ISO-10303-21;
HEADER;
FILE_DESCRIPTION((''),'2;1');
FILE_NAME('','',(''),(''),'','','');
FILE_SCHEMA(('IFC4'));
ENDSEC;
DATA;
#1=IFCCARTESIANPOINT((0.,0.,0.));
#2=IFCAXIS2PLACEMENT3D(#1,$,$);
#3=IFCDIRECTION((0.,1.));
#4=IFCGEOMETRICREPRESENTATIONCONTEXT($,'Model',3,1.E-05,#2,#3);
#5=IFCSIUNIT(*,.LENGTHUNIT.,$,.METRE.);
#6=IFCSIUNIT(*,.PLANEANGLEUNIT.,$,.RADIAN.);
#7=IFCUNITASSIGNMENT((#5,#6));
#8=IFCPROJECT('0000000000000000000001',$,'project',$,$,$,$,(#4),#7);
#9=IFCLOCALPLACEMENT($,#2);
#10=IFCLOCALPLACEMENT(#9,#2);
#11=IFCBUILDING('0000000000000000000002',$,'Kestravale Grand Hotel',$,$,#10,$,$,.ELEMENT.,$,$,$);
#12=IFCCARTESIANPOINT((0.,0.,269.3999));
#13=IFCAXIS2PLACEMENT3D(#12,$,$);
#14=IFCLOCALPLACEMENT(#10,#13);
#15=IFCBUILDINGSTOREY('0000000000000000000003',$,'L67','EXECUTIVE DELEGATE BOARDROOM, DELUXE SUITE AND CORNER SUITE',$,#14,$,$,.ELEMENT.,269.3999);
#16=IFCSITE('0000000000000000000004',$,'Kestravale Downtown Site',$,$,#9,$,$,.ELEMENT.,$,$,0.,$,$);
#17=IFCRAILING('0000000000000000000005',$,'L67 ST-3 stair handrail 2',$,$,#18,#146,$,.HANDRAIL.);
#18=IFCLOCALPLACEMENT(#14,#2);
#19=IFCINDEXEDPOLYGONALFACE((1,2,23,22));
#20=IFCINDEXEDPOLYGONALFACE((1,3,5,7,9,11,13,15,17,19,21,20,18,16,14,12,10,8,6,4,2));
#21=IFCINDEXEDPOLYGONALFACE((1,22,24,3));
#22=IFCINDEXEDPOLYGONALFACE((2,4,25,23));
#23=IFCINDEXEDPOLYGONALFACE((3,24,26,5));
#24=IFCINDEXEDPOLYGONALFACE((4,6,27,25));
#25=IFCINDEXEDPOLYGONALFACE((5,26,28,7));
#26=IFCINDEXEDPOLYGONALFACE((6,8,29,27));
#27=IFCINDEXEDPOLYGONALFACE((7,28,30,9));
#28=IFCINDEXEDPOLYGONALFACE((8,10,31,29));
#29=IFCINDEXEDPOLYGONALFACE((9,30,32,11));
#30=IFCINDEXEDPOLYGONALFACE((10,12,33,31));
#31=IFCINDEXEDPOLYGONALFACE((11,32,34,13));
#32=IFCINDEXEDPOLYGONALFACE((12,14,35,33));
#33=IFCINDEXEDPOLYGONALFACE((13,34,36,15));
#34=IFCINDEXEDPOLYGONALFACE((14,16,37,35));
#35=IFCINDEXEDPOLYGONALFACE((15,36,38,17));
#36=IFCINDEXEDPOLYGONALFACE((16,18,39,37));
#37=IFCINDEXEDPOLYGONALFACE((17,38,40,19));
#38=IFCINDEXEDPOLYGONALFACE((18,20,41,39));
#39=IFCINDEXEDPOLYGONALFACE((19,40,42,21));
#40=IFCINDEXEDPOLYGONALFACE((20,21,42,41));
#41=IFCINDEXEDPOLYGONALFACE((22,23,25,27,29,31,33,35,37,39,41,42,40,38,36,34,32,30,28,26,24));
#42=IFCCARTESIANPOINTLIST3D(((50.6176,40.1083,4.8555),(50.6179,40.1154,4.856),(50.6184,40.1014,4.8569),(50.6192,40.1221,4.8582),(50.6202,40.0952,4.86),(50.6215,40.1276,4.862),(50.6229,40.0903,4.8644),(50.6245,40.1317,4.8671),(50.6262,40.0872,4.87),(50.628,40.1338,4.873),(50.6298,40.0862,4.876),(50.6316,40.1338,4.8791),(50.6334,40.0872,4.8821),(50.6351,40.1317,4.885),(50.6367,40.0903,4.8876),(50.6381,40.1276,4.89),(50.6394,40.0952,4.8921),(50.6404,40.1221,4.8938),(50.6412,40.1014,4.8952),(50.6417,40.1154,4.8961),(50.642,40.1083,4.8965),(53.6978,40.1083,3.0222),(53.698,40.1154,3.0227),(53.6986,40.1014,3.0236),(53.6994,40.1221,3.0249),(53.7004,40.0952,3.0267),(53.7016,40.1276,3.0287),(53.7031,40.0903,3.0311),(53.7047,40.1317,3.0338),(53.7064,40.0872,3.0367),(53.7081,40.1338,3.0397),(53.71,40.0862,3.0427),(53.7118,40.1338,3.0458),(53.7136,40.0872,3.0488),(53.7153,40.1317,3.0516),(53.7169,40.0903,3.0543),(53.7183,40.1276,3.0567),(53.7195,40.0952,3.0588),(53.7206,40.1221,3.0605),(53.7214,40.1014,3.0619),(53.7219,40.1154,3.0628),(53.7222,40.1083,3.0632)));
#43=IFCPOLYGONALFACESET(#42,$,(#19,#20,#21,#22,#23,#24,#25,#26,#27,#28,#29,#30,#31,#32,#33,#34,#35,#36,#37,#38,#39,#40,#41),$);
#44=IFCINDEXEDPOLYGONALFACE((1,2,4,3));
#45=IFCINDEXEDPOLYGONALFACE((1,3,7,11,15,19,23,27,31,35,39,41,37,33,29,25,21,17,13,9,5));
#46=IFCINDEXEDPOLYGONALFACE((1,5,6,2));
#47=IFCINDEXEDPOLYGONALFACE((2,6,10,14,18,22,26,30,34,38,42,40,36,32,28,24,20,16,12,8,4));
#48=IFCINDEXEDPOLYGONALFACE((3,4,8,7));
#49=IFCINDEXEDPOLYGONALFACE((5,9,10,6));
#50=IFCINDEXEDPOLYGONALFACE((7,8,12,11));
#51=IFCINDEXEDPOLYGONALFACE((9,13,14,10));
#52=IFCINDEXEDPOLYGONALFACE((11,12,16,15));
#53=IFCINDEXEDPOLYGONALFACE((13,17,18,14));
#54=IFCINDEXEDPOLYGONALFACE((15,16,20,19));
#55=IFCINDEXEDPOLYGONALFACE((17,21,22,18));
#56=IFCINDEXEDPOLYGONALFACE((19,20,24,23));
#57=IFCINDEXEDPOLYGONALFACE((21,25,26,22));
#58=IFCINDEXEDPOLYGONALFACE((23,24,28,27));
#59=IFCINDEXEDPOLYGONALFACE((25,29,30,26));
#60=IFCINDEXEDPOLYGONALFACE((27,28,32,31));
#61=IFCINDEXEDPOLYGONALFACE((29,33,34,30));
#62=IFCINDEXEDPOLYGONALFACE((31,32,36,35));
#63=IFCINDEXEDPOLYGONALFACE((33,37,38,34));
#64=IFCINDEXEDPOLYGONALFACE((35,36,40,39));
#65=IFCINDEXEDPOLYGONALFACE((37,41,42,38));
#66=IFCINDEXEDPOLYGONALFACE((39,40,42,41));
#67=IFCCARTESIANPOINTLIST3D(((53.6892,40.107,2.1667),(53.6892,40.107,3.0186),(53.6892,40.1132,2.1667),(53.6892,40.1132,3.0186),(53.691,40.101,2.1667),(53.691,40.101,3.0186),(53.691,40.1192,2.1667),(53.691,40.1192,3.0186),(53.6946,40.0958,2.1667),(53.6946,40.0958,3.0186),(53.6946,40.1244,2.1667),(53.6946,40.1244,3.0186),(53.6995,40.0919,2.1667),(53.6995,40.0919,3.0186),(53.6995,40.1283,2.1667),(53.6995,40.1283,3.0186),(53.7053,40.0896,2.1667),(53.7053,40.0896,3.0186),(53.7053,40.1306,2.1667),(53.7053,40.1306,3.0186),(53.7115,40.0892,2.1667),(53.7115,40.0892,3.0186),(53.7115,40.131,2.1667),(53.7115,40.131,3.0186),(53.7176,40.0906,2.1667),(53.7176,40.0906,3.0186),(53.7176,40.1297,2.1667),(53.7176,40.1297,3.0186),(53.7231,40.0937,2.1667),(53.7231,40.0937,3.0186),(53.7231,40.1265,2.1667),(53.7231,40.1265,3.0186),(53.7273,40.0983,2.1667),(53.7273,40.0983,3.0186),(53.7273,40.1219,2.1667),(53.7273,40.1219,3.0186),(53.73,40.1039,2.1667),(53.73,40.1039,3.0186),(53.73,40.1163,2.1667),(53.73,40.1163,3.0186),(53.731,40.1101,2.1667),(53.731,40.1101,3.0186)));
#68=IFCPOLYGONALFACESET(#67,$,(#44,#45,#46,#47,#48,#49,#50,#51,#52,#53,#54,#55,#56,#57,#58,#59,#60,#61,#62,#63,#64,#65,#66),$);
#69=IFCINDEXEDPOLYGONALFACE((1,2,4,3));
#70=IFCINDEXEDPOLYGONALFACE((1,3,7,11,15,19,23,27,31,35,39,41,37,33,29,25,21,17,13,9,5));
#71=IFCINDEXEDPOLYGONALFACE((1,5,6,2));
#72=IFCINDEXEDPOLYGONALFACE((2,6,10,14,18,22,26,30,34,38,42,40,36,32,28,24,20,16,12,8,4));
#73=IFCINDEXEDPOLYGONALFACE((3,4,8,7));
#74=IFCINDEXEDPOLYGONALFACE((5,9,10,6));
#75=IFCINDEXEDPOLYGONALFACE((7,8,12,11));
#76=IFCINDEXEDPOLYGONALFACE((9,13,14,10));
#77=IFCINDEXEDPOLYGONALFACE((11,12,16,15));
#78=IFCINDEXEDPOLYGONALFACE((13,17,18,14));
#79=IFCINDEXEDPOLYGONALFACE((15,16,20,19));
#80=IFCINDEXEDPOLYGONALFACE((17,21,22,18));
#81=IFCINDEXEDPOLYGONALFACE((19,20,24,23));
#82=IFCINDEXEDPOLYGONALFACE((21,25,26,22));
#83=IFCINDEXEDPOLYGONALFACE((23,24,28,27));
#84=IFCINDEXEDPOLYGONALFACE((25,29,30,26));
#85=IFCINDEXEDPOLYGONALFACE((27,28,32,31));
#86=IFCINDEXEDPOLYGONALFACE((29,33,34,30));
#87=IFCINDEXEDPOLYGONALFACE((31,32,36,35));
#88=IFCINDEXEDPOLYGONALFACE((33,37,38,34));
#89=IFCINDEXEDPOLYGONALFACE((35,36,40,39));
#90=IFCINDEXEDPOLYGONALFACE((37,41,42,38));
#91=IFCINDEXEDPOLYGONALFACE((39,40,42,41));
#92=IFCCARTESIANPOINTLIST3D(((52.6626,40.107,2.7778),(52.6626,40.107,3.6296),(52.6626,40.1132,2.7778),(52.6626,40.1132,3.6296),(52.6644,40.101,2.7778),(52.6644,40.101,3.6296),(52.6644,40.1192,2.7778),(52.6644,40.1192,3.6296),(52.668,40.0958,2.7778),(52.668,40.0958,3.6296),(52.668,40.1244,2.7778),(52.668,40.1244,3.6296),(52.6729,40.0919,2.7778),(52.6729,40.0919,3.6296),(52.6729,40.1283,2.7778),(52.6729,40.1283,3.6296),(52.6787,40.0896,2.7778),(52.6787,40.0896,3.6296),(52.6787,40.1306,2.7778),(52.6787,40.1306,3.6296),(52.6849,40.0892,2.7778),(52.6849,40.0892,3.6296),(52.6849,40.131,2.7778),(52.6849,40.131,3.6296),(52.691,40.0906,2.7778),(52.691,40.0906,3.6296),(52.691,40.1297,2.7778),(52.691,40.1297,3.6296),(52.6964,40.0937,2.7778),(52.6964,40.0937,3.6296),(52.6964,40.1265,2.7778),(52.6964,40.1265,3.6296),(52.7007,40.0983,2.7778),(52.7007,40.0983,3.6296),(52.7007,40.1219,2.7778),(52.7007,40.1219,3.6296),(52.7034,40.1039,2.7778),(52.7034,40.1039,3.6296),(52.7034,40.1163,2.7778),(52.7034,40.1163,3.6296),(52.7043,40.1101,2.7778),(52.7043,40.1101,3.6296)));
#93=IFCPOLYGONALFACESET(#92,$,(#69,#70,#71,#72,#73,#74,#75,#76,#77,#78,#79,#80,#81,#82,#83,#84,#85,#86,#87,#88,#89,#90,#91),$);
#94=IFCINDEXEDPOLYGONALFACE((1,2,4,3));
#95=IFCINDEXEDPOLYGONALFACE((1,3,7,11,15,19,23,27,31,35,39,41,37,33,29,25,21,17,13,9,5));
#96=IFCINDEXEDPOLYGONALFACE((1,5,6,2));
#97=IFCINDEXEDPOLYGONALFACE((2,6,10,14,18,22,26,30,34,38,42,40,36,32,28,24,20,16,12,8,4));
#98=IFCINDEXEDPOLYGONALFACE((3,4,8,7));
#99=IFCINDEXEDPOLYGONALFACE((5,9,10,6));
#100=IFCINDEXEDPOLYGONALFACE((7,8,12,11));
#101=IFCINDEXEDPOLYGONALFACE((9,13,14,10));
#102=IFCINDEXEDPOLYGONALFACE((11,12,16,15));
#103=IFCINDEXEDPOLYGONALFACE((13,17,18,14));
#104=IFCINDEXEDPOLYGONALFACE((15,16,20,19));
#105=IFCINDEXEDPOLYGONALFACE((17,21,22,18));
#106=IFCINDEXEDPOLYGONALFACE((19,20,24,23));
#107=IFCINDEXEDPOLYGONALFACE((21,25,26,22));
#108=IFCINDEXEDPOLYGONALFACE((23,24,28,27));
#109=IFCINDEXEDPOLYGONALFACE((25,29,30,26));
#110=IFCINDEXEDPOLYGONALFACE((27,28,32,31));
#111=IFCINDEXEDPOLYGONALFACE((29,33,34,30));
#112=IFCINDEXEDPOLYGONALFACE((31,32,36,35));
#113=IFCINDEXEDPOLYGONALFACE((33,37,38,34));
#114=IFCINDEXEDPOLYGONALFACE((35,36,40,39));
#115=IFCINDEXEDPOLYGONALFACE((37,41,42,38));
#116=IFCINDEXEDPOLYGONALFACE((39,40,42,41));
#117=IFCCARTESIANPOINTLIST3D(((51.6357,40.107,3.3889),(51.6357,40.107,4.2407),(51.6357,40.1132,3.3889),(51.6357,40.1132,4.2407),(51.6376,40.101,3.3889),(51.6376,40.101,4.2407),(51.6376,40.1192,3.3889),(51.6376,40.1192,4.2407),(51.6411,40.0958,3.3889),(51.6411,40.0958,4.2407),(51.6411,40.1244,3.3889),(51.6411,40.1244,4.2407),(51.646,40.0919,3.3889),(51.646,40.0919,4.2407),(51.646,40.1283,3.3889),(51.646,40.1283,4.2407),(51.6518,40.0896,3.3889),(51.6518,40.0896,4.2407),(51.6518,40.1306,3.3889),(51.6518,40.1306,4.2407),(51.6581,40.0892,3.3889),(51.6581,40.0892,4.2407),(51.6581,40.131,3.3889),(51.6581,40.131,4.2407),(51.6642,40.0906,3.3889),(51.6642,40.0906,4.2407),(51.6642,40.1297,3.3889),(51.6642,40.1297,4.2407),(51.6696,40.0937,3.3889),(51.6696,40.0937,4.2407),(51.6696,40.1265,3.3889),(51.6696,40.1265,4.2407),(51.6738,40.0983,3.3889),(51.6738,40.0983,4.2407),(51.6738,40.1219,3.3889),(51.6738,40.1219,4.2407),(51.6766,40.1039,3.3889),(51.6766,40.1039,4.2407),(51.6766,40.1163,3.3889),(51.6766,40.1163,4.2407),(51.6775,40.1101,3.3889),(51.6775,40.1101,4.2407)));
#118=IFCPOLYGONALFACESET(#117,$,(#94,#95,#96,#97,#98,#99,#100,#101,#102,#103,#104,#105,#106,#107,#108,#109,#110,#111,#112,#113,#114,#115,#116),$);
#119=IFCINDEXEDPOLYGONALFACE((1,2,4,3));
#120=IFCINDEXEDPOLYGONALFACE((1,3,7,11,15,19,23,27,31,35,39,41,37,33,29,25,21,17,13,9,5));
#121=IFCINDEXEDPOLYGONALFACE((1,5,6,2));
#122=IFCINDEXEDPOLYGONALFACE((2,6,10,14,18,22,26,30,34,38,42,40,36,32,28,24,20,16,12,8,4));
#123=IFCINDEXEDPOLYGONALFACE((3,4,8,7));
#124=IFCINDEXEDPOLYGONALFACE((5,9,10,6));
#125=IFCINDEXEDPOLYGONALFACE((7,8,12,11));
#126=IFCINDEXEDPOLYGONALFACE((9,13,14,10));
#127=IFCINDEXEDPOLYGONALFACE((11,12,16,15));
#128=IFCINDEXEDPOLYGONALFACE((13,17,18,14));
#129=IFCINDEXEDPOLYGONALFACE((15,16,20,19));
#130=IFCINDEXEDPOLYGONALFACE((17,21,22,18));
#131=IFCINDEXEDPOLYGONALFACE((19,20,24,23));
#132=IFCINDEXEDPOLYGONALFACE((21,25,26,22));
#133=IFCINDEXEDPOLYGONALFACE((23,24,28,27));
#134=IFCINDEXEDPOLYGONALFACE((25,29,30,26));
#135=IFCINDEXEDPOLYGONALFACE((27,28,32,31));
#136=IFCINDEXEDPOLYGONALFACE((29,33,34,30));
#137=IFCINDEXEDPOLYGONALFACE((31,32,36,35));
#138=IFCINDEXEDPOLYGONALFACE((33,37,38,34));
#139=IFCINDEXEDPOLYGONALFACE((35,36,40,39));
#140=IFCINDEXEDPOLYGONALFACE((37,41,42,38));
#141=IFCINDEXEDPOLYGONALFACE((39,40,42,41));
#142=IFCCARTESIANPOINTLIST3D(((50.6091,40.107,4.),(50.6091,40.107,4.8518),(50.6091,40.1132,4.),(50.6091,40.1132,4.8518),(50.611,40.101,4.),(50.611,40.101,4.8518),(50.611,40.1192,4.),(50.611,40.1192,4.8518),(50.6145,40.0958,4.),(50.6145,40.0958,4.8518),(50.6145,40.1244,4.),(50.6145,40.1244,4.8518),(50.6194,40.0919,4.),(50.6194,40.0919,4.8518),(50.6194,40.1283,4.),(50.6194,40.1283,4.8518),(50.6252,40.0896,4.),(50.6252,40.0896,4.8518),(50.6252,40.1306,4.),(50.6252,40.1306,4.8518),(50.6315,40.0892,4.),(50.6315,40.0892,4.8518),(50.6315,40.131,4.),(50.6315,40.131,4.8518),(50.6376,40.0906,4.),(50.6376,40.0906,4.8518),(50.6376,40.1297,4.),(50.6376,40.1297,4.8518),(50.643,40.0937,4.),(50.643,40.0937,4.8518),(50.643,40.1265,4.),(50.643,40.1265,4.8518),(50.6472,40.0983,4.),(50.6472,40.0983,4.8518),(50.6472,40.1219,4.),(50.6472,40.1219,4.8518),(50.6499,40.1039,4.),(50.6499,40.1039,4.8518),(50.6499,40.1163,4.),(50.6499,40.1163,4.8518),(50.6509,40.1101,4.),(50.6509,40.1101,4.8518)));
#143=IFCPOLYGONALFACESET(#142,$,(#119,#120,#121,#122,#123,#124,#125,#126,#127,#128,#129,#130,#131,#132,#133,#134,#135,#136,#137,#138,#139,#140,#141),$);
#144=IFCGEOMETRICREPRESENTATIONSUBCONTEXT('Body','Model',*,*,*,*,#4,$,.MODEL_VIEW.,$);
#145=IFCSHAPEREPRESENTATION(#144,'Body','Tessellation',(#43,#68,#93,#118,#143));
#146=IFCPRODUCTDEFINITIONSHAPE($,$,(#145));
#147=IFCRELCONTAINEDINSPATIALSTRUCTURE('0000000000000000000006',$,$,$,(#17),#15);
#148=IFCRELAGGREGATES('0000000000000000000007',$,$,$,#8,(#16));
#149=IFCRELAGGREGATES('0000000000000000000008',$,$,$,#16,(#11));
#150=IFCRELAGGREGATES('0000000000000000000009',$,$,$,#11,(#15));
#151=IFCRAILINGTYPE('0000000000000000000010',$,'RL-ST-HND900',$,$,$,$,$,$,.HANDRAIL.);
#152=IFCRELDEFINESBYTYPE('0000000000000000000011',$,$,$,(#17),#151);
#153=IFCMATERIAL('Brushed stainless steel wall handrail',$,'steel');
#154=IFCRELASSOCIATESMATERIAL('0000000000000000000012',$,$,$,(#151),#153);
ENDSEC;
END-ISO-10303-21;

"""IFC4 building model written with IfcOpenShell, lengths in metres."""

from ifc_helpers import new_model, si_unit, direction, frame, origin, origin_2d, place, context, subcontext, project, spatial, circle, extrude, material, type_object, element, save


model = new_model("IFC4")

# Units and contexts
model_context = context("Model", 3, precision=1e-05, world=origin(), true_north=direction((0.0, 1.0)))
body_context = subcontext(model_context, "Body", "Model", "MODEL_VIEW")
ifc_project = project(units=[si_unit("LENGTHUNIT", "METRE"), si_unit("PLANEANGLEUNIT", "RADIAN")], contexts=[model_context])

# Site, building, storey
site_placement = place(None, origin())
site = spatial("IfcSite", under=ifc_project, at=site_placement, Name="Kestravale Downtown Site", CompositionType="ELEMENT", RefElevation=0.0)
building_placement = place(site_placement, origin())
building = spatial("IfcBuilding", under=site, at=building_placement, Name="Kestravale Grand Hotel", CompositionType="ELEMENT")
storey_placement = place(building_placement, frame((0.0, 0.0, 269.3999)))
storey = spatial("IfcBuildingStorey", under=building, at=storey_placement, Name="L67", Description="EXECUTIVE DELEGATE BOARDROOM, DELUXE SUITE AND CORNER SUITE", CompositionType="ELEMENT", Elevation=269.3999)

# Railing
ifc_material_1 = material(Name="Brushed stainless steel wall handrail", Category="steel")
railing_type_1 = type_object("IfcRailingType", Name="RL-ST-HND900", PredefinedType="HANDRAIL", material=ifc_material_1)
railing_1_placement = place(storey_placement, frame((53.71, 40.1101, 2.1667)))
element("IfcRailing", 1, at=railing_1_placement, inside=storey, type_object=railing_type_1, Name="L67 ST-3 stair handrail 2", PredefinedType="HANDRAIL", context=body_context, shape_type="SweptSolid", body=[
    extrude(circle(Radius=0.0239, at=origin_2d()), frame((0.0, 0.0, 0.876), z_axis=(-0.859309, 0.0, 0.511458), x_axis=(0.0, -1.0, 0.0)), (0.0, 0.0, 1.0), 3.5845),
    extrude(circle(Radius=0.021, at=origin_2d()), origin(), (0.0, 0.0, 1.0), 0.8518),
    extrude(circle(Radius=0.021, at=origin_2d()), frame((-1.0266, 0.0, 0.6111)), (0.0, 0.0, 1.0), 0.8518),
    extrude(circle(Radius=0.021, at=origin_2d()), frame((-2.0535, 0.0, 1.2222)), (0.0, 0.0, 1.0), 0.8518),
    extrude(circle(Radius=0.021, at=origin_2d()), frame((-3.0801, 0.0, 1.8333)), (0.0, 0.0, 1.0), 0.8518),
])

save(model, "model.ifc")
